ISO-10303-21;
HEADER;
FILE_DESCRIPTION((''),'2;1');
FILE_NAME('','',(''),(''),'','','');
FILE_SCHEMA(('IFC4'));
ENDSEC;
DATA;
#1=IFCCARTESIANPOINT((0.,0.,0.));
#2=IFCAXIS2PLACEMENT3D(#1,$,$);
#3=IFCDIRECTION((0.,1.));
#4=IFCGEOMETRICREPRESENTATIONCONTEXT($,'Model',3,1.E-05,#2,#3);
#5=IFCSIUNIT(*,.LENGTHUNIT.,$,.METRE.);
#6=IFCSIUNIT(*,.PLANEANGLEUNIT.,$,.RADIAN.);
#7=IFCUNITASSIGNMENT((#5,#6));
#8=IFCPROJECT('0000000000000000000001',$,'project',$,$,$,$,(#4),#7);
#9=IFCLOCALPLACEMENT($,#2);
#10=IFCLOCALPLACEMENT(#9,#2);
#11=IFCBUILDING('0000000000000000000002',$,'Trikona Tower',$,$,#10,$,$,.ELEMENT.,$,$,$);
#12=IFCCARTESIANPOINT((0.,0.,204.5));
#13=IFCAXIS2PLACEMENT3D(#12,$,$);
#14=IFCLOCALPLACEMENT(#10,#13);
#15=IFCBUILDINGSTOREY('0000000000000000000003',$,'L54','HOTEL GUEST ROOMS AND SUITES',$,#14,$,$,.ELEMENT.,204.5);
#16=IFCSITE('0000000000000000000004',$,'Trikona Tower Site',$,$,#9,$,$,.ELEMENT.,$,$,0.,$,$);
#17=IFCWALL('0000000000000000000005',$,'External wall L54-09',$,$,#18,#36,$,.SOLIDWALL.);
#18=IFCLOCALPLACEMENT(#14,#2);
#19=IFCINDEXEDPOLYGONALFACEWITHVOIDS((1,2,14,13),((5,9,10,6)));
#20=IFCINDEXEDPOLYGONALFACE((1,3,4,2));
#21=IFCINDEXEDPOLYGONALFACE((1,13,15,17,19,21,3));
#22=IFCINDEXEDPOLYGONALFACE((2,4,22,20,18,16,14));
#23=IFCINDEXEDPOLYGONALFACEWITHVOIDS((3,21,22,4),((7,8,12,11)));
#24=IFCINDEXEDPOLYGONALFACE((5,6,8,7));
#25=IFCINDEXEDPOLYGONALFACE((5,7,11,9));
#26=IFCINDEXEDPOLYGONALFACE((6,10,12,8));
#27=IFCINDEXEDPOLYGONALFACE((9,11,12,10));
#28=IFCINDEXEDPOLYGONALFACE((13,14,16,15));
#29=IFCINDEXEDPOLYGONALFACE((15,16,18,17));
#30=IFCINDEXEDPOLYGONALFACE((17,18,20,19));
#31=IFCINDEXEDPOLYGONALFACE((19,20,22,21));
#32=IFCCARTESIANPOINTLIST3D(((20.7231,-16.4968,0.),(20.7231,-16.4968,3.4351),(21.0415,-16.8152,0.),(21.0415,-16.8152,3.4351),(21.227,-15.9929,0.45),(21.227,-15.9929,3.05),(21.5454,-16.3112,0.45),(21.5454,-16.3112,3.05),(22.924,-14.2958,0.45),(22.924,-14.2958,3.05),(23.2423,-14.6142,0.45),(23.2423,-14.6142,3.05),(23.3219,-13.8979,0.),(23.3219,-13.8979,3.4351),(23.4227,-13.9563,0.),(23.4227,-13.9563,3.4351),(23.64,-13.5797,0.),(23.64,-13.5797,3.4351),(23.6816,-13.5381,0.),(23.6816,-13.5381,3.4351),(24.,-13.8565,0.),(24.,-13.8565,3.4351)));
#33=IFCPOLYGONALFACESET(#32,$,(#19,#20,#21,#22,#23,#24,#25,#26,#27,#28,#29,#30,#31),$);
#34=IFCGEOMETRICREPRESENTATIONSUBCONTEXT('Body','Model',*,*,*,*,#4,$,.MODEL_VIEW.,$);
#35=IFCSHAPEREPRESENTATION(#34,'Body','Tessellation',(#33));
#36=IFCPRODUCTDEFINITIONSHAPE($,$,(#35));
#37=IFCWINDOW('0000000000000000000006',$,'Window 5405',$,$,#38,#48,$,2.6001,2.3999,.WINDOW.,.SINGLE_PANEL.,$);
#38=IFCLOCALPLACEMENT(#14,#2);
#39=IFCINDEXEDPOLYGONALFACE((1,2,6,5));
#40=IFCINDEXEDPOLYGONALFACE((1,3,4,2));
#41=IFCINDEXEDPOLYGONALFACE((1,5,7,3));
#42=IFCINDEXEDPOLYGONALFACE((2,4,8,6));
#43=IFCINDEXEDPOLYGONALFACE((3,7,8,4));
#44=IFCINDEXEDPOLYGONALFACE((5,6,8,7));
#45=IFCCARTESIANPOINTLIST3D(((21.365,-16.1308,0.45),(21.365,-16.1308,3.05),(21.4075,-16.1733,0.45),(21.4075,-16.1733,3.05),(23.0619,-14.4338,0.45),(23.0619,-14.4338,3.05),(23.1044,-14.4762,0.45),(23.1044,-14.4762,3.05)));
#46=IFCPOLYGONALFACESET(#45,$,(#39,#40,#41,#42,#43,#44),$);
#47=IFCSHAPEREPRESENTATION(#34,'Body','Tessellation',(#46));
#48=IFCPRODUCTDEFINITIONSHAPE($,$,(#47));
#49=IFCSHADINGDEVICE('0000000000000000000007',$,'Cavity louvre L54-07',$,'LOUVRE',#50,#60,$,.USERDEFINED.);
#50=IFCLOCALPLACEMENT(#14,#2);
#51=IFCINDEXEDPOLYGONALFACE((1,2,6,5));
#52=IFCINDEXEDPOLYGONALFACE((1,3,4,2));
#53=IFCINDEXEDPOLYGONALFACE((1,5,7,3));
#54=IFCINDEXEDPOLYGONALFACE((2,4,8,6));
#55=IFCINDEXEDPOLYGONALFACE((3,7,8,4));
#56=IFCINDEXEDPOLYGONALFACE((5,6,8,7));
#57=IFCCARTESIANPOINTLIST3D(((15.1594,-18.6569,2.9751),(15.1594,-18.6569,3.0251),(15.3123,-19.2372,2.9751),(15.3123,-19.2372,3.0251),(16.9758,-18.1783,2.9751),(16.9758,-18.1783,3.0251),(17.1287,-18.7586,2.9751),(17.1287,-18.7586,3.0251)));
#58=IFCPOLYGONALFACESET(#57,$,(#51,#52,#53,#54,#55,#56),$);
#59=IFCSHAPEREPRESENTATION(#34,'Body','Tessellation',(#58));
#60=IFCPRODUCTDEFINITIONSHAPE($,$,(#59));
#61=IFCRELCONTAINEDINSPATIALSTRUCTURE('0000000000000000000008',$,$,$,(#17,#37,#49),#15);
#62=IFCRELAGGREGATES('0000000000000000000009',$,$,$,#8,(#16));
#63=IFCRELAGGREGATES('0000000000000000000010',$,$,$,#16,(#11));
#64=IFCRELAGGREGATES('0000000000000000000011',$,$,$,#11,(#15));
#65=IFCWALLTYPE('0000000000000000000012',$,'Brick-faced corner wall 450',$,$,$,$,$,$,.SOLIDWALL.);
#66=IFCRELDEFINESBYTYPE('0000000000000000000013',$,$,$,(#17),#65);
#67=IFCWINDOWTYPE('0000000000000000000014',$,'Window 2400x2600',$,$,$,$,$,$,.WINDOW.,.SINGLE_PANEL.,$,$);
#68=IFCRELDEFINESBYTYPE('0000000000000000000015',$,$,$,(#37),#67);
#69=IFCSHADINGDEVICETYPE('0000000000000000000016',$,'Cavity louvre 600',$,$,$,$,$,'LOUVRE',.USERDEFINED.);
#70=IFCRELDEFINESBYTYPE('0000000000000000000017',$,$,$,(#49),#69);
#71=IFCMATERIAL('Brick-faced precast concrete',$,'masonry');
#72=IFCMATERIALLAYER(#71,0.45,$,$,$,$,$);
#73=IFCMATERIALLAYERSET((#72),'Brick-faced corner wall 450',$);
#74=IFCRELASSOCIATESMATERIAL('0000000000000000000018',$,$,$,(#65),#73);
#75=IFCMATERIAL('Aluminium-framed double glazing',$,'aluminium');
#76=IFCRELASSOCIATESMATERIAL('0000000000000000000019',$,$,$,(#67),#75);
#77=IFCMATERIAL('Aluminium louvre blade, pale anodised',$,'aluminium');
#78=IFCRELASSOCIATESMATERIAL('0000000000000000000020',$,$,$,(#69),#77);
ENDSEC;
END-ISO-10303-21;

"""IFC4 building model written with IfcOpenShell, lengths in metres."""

from ifc_helpers import new_model, si_unit, direction, frame, frame_2d, origin, origin_2d, place, context, subcontext, project, spatial, polyline, rectangle, outline, extrude, material, layer, layer_set, type_object, element, fill, save


model = new_model("IFC4")

# Units and contexts
model_context = context("Model", 3, precision=1e-05, world=origin(), true_north=direction((0.0, 1.0)))
body_context = subcontext(model_context, "Body", "Model", "MODEL_VIEW")
ifc_project = project(units=[si_unit("LENGTHUNIT", "METRE"), si_unit("PLANEANGLEUNIT", "RADIAN")], contexts=[model_context])

# Site, building, storey
site_placement = place(None, origin())
site = spatial("IfcSite", under=ifc_project, at=site_placement, Name="Trikona Tower Site", CompositionType="ELEMENT", RefElevation=0.0)
building_placement = place(site_placement, origin())
building = spatial("IfcBuilding", under=site, at=building_placement, Name="Trikona Tower", CompositionType="ELEMENT")
storey_placement = place(building_placement, frame((0.0, 0.0, 204.5)))
storey = spatial("IfcBuildingStorey", under=building, at=storey_placement, Name="L54", Description="HOTEL GUEST ROOMS AND SUITES", CompositionType="ELEMENT", Elevation=204.5)

# Wall, opening, window
ifc_material_1 = material(Name="Brick-faced precast concrete", Category="masonry")
ifc_layer_1 = layer(ifc_material_1, 0.45)
ifc_layer_set_1 = layer_set([ifc_layer_1], Name="Brick-faced corner wall 450")
wall_type_1 = type_object("IfcWallType", Name="Brick-faced corner wall 450", PredefinedType="SOLIDWALL", material=ifc_layer_set_1)
wall_1_placement = place(storey_placement, frame((20.8823, -16.656, 0.0), z_axis=(0.0, 0.0, 1.0), x_axis=(0.707078, 0.707136, 0.0)))
wall_1 = element("IfcWall", 1, at=wall_1_placement, inside=storey, type_object=wall_type_1, Name="External wall L54-09", PredefinedType="SOLIDWALL", context=body_context, shape_type="SweptSolid", body=[
    extrude(outline(polyline([(4.1841, 0.2251), (4.1252, 0.2251), (3.7053, 0.1125), (3.6753, 0.2251), (0.0, 0.2251), (0.0, -0.2251), (4.1841, -0.2251), (4.1841, 0.2251)])), origin(), (0.0, 0.0, 1.0), 3.4351),
])
opening_1_placement = place(wall_1_placement, frame((0.7126, 0.0, 0.45)))
opening_1 = element("IfcOpeningElement", 2, at=opening_1_placement, cuts=wall_1, PredefinedType="OPENING", context=body_context, shape_type="SweptSolid", body=[
    extrude(rectangle(XDim=2.3999, YDim=2.6001, at=frame_2d((1.2, 1.3))), frame((0.0, 0.2349, 0.0), z_axis=(0.0, -1.0, 0.0), x_axis=(1.0, 0.0, 0.0)), (0.0, 0.0, 1.0), 0.47),
])
ifc_material_2 = material(Name="Aluminium-framed double glazing", Category="aluminium")
window_type_1 = type_object("IfcWindowType", Name="Window 2400x2600", PartitioningType="SINGLE_PANEL", PredefinedType="WINDOW", material=ifc_material_2)
window_1_placement = place(opening_1_placement, origin())
window_1 = element("IfcWindow", 3, at=window_1_placement, inside=storey, type_object=window_type_1, Name="Window 5405", OverallHeight=2.6001, OverallWidth=2.3999, PartitioningType="SINGLE_PANEL", PredefinedType="WINDOW", context=body_context, shape_type="SweptSolid", body=[
    extrude(rectangle(XDim=2.3999, YDim=2.6001, at=frame_2d((1.2, 1.3))), frame((0.0, 0.03, 0.0), z_axis=(0.0, -1.0, 0.0), x_axis=(1.0, 0.0, 0.0)), (0.0, 0.0, 1.0), 0.0601),
])
fill(opening_1, window_1)

# Shading device
ifc_material_3 = material(Name="Aluminium louvre blade, pale anodised", Category="aluminium")
shading_device_type = type_object("IfcShadingDeviceType", Name="Cavity louvre 600", ElementType="LOUVRE", PredefinedType="USERDEFINED", material=ifc_material_3)
shading_device_placement = place(storey_placement, frame((16.144, -18.7078, 2.9751), z_axis=(0.0, 0.0, 1.0), x_axis=(0.966993, 0.254803, 0.0)))
element("IfcShadingDevice", 4, at=shading_device_placement, inside=storey, type_object=shading_device_type, Name="Cavity louvre L54-07", ObjectType="LOUVRE", PredefinedType="USERDEFINED", context=body_context, shape_type="SweptSolid", body=[
    extrude(rectangle(XDim=1.8784, YDim=0.6001, at=origin_2d()), origin(), (0.0, 0.0, 1.0), 0.05),
])

save(model, "model.ifc")
